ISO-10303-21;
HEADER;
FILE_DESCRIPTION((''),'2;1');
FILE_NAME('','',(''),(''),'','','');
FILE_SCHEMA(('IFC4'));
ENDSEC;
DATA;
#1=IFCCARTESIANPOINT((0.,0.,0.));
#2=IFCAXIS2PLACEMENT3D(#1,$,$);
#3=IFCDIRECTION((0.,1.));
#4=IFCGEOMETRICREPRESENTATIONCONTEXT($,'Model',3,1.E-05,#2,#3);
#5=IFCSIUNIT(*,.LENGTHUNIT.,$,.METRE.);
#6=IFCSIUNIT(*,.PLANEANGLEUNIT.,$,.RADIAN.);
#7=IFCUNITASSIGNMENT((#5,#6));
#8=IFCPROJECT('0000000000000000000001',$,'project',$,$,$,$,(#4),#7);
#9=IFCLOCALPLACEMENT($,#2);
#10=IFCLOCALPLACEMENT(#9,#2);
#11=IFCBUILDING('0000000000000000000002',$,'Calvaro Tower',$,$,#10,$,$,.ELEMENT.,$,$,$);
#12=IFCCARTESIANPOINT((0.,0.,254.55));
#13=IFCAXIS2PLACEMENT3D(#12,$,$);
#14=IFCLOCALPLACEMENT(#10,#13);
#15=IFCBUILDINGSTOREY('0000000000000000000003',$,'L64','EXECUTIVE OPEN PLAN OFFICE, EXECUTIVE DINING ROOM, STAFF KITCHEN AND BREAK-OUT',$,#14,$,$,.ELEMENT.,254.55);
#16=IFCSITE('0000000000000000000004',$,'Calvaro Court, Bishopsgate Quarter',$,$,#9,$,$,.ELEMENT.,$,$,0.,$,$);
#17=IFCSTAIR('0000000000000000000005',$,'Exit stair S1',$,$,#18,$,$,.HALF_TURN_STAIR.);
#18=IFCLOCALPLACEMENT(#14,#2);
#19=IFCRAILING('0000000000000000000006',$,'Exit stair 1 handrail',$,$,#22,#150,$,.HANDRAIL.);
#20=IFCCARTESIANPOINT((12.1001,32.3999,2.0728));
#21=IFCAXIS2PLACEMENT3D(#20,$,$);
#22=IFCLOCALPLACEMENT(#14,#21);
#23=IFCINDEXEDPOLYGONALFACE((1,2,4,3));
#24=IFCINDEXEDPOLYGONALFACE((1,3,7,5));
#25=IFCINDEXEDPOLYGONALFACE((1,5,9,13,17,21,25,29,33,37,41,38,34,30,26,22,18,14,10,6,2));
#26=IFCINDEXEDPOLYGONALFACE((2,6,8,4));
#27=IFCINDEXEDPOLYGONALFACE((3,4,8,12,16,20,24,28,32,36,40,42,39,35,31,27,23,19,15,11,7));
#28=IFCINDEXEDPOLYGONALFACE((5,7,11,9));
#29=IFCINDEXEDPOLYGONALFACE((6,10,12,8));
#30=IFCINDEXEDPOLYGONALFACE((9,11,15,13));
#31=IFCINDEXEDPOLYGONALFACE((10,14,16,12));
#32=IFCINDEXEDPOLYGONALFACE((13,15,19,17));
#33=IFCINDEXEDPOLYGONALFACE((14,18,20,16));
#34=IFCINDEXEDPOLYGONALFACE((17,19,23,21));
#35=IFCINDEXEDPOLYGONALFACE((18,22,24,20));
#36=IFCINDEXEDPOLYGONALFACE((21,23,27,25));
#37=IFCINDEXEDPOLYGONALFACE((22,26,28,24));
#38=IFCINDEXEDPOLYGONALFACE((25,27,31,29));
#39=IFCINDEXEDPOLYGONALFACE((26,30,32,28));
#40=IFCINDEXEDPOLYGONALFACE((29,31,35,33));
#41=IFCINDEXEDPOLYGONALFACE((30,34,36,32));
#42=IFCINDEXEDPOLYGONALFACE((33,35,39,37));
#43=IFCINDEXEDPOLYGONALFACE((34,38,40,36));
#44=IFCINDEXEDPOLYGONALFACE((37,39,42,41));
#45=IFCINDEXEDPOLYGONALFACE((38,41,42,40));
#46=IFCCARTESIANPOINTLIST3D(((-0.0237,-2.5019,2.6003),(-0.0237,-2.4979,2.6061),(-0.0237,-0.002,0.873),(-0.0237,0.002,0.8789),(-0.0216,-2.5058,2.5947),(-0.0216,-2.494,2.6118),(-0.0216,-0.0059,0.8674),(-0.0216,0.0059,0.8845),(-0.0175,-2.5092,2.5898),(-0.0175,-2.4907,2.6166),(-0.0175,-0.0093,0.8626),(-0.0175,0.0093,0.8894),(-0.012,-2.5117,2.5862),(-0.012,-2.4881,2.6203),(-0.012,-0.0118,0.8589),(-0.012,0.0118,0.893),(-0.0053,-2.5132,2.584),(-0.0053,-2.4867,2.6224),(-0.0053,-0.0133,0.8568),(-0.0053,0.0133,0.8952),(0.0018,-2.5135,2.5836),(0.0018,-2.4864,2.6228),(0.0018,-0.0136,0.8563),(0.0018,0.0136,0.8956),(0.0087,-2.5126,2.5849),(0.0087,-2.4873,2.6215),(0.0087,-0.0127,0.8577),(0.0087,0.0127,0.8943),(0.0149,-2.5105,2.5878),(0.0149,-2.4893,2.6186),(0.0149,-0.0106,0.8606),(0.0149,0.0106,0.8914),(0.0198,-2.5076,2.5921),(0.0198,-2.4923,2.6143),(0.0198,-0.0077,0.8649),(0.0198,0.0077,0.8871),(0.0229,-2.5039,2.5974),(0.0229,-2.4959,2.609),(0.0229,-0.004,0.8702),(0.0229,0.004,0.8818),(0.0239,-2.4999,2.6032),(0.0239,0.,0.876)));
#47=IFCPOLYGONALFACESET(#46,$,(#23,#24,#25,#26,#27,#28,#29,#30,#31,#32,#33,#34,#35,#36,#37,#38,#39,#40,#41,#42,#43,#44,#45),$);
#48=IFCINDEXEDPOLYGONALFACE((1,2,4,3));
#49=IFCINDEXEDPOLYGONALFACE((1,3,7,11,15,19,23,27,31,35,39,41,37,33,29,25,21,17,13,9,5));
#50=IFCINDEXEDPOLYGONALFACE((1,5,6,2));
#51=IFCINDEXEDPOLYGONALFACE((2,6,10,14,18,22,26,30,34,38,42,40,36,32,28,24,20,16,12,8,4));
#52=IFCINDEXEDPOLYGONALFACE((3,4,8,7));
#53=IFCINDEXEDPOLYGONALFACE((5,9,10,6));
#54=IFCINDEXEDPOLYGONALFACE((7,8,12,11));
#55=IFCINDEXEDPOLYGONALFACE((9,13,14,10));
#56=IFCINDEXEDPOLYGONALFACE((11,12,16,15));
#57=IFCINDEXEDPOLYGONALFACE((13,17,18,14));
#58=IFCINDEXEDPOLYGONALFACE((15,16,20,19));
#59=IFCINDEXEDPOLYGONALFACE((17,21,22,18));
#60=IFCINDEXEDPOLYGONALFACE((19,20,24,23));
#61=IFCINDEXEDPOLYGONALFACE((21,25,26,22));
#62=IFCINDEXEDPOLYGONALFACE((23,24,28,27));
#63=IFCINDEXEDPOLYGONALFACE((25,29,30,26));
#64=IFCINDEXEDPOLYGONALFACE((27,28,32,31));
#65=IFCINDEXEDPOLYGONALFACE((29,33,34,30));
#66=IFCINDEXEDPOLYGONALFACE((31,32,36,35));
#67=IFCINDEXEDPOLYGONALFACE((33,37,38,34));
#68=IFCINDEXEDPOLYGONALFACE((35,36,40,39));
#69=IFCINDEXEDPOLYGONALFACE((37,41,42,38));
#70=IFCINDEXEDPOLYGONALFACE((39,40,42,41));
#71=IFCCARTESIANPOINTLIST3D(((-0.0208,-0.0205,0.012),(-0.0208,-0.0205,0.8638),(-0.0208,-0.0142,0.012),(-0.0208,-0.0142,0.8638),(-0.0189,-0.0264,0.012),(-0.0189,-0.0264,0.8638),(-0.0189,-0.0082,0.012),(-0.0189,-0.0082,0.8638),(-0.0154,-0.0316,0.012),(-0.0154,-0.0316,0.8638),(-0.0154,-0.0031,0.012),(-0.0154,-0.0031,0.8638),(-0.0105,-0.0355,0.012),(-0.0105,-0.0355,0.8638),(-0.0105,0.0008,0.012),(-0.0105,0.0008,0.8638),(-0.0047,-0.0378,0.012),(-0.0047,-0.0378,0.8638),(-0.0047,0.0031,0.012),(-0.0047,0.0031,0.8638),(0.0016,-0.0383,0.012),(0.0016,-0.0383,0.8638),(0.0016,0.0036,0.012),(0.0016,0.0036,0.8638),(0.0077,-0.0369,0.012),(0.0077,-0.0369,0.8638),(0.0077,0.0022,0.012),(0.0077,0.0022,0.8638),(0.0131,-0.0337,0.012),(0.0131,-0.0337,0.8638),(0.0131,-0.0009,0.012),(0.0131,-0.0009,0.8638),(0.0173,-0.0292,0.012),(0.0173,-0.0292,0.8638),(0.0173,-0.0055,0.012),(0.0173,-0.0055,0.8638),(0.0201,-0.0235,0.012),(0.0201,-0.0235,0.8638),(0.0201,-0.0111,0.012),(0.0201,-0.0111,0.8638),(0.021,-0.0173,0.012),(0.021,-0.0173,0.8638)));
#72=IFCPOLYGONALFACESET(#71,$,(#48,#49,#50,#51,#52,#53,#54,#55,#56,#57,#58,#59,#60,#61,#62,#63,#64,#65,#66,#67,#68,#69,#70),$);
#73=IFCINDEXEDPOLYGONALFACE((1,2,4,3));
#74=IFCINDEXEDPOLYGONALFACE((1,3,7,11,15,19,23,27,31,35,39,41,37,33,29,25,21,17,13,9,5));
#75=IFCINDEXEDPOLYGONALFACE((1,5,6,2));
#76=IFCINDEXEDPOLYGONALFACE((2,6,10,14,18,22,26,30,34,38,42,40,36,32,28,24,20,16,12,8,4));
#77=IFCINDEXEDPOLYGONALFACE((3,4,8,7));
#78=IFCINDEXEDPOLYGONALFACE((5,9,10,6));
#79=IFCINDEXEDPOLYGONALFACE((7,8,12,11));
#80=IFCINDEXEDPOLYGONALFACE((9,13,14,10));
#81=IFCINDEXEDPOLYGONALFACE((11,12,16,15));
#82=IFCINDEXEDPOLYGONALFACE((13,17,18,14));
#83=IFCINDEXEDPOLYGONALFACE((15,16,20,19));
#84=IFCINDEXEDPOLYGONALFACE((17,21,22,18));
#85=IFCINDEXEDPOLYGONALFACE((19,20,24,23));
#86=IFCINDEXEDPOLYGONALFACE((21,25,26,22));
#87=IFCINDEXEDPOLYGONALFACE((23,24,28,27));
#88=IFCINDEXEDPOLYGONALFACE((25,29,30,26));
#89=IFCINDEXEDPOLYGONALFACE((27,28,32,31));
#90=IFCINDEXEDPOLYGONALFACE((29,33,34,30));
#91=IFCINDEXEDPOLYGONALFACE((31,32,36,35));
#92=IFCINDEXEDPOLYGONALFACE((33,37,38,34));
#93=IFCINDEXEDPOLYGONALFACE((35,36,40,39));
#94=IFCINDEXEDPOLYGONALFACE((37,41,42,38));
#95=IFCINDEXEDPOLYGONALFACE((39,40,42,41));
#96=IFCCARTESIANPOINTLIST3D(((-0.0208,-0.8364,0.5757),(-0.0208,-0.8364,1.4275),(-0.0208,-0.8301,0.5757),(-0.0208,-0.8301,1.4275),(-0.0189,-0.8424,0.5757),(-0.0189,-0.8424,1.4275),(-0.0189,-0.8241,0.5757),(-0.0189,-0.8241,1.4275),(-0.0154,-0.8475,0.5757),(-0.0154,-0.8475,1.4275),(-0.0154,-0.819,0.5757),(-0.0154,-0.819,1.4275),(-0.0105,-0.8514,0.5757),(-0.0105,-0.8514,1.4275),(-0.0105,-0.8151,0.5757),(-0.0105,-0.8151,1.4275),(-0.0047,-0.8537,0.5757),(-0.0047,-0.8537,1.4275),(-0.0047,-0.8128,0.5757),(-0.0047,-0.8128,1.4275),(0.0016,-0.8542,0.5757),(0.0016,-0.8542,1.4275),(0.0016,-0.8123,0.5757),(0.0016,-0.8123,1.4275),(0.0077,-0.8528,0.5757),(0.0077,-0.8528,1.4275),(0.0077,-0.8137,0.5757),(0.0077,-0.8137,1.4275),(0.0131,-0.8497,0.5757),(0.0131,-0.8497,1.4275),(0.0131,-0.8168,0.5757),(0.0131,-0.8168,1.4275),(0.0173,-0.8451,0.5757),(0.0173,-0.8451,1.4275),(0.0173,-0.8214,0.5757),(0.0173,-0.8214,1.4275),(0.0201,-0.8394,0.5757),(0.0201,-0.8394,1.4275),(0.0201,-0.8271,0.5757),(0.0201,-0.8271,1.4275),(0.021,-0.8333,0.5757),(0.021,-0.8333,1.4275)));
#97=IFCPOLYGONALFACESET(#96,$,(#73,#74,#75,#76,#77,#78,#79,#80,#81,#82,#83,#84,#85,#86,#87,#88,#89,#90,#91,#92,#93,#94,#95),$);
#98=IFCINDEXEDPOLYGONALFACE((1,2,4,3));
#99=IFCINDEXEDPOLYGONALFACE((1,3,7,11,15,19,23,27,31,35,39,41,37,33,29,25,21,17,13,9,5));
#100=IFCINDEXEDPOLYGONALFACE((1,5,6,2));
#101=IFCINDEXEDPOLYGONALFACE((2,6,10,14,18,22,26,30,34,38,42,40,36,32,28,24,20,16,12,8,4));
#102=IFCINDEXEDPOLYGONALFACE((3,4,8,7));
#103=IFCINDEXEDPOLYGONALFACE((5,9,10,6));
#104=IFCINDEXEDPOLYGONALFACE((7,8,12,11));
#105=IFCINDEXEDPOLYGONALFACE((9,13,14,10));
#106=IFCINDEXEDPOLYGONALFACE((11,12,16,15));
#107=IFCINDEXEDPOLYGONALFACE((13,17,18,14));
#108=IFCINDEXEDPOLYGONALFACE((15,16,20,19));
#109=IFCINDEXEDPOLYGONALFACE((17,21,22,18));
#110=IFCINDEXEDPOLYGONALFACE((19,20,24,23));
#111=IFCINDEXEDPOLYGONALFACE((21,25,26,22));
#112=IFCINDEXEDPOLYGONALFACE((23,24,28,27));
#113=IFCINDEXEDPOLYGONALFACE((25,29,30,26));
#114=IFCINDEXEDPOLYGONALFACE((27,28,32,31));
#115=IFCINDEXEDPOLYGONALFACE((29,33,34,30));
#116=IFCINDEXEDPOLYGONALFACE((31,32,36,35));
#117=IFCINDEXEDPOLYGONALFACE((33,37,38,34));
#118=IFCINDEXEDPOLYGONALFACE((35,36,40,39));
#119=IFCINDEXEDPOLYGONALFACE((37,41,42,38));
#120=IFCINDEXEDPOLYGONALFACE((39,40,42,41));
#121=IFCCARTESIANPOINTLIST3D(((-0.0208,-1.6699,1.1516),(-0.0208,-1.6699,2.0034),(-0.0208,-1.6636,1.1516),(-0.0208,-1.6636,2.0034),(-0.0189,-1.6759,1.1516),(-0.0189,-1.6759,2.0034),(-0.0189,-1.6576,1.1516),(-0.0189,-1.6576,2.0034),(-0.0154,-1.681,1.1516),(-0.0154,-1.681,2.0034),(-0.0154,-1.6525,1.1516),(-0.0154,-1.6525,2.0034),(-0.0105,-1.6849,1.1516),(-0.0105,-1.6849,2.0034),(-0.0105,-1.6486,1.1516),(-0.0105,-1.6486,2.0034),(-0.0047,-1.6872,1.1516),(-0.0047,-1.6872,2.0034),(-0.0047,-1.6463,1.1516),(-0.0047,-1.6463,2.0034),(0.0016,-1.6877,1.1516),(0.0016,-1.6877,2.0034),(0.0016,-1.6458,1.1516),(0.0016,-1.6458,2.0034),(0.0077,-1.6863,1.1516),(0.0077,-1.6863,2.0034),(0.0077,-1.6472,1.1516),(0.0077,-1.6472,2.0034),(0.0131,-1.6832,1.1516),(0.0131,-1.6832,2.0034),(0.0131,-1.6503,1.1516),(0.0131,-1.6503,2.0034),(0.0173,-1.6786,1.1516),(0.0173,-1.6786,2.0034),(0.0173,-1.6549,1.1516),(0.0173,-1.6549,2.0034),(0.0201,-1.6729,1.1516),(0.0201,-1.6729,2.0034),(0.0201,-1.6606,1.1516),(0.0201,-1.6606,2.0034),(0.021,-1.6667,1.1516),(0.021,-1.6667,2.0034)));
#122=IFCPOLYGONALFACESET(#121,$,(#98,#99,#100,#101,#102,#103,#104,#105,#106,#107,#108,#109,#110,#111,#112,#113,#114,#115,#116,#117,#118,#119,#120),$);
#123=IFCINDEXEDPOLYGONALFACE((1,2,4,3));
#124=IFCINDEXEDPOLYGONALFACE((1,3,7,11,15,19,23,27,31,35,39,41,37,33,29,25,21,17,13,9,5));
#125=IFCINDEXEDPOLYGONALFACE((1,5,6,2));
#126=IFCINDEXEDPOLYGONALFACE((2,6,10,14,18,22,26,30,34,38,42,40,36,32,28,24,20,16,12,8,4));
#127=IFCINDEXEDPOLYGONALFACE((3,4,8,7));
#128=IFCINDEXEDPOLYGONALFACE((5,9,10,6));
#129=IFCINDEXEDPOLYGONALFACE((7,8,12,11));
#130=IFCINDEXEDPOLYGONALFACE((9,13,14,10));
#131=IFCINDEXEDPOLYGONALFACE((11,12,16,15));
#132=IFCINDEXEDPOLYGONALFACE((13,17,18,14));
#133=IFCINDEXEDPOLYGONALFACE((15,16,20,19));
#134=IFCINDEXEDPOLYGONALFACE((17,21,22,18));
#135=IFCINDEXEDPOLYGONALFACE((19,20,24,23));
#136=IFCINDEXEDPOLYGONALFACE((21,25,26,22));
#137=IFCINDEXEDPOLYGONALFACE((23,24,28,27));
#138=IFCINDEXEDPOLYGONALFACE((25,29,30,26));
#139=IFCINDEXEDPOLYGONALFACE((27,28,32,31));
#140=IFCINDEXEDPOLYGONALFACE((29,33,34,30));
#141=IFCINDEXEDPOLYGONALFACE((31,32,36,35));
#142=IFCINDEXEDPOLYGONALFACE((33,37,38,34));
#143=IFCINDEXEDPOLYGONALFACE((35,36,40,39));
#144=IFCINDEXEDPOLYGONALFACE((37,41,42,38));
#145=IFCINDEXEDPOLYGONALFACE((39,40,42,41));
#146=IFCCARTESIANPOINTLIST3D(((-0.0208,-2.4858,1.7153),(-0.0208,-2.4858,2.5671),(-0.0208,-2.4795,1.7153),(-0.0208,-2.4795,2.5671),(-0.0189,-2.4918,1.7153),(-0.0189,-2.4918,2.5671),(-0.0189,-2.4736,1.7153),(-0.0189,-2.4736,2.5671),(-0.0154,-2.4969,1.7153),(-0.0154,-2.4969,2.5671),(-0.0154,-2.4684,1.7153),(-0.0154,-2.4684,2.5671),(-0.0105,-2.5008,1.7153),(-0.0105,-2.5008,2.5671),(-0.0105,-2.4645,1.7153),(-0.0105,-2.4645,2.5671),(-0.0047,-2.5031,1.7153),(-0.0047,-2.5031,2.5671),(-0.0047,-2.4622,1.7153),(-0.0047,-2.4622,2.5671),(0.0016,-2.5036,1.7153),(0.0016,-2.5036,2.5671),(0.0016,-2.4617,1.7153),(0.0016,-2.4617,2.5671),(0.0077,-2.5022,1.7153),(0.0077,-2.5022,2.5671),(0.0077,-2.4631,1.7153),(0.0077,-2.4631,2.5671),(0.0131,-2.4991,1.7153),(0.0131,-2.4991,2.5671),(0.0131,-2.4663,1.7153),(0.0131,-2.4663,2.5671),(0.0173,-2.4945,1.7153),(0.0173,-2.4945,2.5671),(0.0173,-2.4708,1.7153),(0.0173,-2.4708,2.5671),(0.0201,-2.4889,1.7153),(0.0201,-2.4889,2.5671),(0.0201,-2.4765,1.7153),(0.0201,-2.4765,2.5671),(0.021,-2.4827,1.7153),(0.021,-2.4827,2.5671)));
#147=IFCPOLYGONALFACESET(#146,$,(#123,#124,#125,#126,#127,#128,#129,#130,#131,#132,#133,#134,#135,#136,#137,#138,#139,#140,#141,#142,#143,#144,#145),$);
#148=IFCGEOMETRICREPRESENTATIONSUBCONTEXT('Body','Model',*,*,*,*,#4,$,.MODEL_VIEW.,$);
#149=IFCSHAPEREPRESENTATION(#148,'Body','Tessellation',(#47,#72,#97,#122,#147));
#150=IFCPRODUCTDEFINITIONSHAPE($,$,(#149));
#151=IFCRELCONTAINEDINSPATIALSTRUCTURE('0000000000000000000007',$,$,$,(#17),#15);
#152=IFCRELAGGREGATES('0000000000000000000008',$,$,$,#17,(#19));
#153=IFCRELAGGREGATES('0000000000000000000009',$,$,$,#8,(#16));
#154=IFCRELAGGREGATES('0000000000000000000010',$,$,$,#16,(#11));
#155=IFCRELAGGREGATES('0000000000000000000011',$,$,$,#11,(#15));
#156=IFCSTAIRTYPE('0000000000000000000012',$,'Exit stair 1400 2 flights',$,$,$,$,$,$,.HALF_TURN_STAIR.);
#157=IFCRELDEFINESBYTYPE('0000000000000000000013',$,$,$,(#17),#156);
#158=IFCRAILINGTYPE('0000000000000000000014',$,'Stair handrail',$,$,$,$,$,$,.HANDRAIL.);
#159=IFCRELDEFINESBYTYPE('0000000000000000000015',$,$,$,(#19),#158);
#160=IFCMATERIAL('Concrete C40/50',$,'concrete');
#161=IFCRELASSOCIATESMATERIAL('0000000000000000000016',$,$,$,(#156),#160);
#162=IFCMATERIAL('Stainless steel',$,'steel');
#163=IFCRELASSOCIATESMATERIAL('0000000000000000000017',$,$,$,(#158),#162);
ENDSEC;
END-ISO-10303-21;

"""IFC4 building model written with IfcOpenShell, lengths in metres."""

from ifc_helpers import new_model, si_unit, direction, frame, origin, origin_2d, place, context, subcontext, project, spatial, circle, extrude, material, type_object, element, aggregate, save


model = new_model("IFC4")

# Units and contexts
model_context = context("Model", 3, precision=1e-05, world=origin(), true_north=direction((0.0, 1.0)))
body_context = subcontext(model_context, "Body", "Model", "MODEL_VIEW")
ifc_project = project(units=[si_unit("LENGTHUNIT", "METRE"), si_unit("PLANEANGLEUNIT", "RADIAN")], contexts=[model_context])

# Site, building, storey
site_placement = place(None, origin())
site = spatial("IfcSite", under=ifc_project, at=site_placement, Name="Calvaro Court, Bishopsgate Quarter", CompositionType="ELEMENT", RefElevation=0.0)
building_placement = place(site_placement, origin())
building = spatial("IfcBuilding", under=site, at=building_placement, Name="Calvaro Tower", CompositionType="ELEMENT")
storey_placement = place(building_placement, frame((0.0, 0.0, 254.55)))
storey = spatial("IfcBuildingStorey", under=building, at=storey_placement, Name="L64", Description="EXECUTIVE OPEN PLAN OFFICE, EXECUTIVE DINING ROOM, STAFF KITCHEN AND BREAK-OUT", CompositionType="ELEMENT", Elevation=254.55)

# Stair, railing
ifc_material_1 = material(Name="Concrete C40/50", Category="concrete")
stair_type = type_object("IfcStairType", Name="Exit stair 1400 2 flights", PredefinedType="HALF_TURN_STAIR", material=ifc_material_1)
stair_placement = place(storey_placement, origin())
stair = element("IfcStair", 1, at=stair_placement, inside=storey, type_object=stair_type, Name="Exit stair S1", PredefinedType="HALF_TURN_STAIR")
ifc_material_2 = material(Name="Stainless steel", Category="steel")
railing_type = type_object("IfcRailingType", Name="Stair handrail", PredefinedType="HANDRAIL", material=ifc_material_2)
railing_1_placement = place(storey_placement, frame((12.1001, 32.3999, 2.0728)))
railing_1 = element("IfcRailing", 2, at=railing_1_placement, type_object=railing_type, Name="Exit stair 1 handrail", PredefinedType="HANDRAIL", context=body_context, shape_type="SweptSolid", body=[
    extrude(circle(Radius=0.0239, at=origin_2d()), frame((0.0, 0.0, 0.876), z_axis=(0.0, -0.822727, 0.568437), x_axis=(1.0, 0.0, 0.0)), (0.0, 0.0, 1.0), 3.0386),
    extrude(circle(Radius=0.021, at=origin_2d()), frame((0.0, -0.0173, 0.012)), (0.0, 0.0, 1.0), 0.8518),
    extrude(circle(Radius=0.021, at=origin_2d()), frame((0.0, -0.8333, 0.5757)), (0.0, 0.0, 1.0), 0.8518),
    extrude(circle(Radius=0.021, at=origin_2d()), frame((0.0, -1.6667, 1.1516)), (0.0, 0.0, 1.0), 0.8518),
    extrude(circle(Radius=0.021, at=origin_2d()), frame((0.0, -2.4827, 1.7153)), (0.0, 0.0, 1.0), 0.8518),
])
aggregate(stair, [railing_1])

save(model, "model.ifc")
